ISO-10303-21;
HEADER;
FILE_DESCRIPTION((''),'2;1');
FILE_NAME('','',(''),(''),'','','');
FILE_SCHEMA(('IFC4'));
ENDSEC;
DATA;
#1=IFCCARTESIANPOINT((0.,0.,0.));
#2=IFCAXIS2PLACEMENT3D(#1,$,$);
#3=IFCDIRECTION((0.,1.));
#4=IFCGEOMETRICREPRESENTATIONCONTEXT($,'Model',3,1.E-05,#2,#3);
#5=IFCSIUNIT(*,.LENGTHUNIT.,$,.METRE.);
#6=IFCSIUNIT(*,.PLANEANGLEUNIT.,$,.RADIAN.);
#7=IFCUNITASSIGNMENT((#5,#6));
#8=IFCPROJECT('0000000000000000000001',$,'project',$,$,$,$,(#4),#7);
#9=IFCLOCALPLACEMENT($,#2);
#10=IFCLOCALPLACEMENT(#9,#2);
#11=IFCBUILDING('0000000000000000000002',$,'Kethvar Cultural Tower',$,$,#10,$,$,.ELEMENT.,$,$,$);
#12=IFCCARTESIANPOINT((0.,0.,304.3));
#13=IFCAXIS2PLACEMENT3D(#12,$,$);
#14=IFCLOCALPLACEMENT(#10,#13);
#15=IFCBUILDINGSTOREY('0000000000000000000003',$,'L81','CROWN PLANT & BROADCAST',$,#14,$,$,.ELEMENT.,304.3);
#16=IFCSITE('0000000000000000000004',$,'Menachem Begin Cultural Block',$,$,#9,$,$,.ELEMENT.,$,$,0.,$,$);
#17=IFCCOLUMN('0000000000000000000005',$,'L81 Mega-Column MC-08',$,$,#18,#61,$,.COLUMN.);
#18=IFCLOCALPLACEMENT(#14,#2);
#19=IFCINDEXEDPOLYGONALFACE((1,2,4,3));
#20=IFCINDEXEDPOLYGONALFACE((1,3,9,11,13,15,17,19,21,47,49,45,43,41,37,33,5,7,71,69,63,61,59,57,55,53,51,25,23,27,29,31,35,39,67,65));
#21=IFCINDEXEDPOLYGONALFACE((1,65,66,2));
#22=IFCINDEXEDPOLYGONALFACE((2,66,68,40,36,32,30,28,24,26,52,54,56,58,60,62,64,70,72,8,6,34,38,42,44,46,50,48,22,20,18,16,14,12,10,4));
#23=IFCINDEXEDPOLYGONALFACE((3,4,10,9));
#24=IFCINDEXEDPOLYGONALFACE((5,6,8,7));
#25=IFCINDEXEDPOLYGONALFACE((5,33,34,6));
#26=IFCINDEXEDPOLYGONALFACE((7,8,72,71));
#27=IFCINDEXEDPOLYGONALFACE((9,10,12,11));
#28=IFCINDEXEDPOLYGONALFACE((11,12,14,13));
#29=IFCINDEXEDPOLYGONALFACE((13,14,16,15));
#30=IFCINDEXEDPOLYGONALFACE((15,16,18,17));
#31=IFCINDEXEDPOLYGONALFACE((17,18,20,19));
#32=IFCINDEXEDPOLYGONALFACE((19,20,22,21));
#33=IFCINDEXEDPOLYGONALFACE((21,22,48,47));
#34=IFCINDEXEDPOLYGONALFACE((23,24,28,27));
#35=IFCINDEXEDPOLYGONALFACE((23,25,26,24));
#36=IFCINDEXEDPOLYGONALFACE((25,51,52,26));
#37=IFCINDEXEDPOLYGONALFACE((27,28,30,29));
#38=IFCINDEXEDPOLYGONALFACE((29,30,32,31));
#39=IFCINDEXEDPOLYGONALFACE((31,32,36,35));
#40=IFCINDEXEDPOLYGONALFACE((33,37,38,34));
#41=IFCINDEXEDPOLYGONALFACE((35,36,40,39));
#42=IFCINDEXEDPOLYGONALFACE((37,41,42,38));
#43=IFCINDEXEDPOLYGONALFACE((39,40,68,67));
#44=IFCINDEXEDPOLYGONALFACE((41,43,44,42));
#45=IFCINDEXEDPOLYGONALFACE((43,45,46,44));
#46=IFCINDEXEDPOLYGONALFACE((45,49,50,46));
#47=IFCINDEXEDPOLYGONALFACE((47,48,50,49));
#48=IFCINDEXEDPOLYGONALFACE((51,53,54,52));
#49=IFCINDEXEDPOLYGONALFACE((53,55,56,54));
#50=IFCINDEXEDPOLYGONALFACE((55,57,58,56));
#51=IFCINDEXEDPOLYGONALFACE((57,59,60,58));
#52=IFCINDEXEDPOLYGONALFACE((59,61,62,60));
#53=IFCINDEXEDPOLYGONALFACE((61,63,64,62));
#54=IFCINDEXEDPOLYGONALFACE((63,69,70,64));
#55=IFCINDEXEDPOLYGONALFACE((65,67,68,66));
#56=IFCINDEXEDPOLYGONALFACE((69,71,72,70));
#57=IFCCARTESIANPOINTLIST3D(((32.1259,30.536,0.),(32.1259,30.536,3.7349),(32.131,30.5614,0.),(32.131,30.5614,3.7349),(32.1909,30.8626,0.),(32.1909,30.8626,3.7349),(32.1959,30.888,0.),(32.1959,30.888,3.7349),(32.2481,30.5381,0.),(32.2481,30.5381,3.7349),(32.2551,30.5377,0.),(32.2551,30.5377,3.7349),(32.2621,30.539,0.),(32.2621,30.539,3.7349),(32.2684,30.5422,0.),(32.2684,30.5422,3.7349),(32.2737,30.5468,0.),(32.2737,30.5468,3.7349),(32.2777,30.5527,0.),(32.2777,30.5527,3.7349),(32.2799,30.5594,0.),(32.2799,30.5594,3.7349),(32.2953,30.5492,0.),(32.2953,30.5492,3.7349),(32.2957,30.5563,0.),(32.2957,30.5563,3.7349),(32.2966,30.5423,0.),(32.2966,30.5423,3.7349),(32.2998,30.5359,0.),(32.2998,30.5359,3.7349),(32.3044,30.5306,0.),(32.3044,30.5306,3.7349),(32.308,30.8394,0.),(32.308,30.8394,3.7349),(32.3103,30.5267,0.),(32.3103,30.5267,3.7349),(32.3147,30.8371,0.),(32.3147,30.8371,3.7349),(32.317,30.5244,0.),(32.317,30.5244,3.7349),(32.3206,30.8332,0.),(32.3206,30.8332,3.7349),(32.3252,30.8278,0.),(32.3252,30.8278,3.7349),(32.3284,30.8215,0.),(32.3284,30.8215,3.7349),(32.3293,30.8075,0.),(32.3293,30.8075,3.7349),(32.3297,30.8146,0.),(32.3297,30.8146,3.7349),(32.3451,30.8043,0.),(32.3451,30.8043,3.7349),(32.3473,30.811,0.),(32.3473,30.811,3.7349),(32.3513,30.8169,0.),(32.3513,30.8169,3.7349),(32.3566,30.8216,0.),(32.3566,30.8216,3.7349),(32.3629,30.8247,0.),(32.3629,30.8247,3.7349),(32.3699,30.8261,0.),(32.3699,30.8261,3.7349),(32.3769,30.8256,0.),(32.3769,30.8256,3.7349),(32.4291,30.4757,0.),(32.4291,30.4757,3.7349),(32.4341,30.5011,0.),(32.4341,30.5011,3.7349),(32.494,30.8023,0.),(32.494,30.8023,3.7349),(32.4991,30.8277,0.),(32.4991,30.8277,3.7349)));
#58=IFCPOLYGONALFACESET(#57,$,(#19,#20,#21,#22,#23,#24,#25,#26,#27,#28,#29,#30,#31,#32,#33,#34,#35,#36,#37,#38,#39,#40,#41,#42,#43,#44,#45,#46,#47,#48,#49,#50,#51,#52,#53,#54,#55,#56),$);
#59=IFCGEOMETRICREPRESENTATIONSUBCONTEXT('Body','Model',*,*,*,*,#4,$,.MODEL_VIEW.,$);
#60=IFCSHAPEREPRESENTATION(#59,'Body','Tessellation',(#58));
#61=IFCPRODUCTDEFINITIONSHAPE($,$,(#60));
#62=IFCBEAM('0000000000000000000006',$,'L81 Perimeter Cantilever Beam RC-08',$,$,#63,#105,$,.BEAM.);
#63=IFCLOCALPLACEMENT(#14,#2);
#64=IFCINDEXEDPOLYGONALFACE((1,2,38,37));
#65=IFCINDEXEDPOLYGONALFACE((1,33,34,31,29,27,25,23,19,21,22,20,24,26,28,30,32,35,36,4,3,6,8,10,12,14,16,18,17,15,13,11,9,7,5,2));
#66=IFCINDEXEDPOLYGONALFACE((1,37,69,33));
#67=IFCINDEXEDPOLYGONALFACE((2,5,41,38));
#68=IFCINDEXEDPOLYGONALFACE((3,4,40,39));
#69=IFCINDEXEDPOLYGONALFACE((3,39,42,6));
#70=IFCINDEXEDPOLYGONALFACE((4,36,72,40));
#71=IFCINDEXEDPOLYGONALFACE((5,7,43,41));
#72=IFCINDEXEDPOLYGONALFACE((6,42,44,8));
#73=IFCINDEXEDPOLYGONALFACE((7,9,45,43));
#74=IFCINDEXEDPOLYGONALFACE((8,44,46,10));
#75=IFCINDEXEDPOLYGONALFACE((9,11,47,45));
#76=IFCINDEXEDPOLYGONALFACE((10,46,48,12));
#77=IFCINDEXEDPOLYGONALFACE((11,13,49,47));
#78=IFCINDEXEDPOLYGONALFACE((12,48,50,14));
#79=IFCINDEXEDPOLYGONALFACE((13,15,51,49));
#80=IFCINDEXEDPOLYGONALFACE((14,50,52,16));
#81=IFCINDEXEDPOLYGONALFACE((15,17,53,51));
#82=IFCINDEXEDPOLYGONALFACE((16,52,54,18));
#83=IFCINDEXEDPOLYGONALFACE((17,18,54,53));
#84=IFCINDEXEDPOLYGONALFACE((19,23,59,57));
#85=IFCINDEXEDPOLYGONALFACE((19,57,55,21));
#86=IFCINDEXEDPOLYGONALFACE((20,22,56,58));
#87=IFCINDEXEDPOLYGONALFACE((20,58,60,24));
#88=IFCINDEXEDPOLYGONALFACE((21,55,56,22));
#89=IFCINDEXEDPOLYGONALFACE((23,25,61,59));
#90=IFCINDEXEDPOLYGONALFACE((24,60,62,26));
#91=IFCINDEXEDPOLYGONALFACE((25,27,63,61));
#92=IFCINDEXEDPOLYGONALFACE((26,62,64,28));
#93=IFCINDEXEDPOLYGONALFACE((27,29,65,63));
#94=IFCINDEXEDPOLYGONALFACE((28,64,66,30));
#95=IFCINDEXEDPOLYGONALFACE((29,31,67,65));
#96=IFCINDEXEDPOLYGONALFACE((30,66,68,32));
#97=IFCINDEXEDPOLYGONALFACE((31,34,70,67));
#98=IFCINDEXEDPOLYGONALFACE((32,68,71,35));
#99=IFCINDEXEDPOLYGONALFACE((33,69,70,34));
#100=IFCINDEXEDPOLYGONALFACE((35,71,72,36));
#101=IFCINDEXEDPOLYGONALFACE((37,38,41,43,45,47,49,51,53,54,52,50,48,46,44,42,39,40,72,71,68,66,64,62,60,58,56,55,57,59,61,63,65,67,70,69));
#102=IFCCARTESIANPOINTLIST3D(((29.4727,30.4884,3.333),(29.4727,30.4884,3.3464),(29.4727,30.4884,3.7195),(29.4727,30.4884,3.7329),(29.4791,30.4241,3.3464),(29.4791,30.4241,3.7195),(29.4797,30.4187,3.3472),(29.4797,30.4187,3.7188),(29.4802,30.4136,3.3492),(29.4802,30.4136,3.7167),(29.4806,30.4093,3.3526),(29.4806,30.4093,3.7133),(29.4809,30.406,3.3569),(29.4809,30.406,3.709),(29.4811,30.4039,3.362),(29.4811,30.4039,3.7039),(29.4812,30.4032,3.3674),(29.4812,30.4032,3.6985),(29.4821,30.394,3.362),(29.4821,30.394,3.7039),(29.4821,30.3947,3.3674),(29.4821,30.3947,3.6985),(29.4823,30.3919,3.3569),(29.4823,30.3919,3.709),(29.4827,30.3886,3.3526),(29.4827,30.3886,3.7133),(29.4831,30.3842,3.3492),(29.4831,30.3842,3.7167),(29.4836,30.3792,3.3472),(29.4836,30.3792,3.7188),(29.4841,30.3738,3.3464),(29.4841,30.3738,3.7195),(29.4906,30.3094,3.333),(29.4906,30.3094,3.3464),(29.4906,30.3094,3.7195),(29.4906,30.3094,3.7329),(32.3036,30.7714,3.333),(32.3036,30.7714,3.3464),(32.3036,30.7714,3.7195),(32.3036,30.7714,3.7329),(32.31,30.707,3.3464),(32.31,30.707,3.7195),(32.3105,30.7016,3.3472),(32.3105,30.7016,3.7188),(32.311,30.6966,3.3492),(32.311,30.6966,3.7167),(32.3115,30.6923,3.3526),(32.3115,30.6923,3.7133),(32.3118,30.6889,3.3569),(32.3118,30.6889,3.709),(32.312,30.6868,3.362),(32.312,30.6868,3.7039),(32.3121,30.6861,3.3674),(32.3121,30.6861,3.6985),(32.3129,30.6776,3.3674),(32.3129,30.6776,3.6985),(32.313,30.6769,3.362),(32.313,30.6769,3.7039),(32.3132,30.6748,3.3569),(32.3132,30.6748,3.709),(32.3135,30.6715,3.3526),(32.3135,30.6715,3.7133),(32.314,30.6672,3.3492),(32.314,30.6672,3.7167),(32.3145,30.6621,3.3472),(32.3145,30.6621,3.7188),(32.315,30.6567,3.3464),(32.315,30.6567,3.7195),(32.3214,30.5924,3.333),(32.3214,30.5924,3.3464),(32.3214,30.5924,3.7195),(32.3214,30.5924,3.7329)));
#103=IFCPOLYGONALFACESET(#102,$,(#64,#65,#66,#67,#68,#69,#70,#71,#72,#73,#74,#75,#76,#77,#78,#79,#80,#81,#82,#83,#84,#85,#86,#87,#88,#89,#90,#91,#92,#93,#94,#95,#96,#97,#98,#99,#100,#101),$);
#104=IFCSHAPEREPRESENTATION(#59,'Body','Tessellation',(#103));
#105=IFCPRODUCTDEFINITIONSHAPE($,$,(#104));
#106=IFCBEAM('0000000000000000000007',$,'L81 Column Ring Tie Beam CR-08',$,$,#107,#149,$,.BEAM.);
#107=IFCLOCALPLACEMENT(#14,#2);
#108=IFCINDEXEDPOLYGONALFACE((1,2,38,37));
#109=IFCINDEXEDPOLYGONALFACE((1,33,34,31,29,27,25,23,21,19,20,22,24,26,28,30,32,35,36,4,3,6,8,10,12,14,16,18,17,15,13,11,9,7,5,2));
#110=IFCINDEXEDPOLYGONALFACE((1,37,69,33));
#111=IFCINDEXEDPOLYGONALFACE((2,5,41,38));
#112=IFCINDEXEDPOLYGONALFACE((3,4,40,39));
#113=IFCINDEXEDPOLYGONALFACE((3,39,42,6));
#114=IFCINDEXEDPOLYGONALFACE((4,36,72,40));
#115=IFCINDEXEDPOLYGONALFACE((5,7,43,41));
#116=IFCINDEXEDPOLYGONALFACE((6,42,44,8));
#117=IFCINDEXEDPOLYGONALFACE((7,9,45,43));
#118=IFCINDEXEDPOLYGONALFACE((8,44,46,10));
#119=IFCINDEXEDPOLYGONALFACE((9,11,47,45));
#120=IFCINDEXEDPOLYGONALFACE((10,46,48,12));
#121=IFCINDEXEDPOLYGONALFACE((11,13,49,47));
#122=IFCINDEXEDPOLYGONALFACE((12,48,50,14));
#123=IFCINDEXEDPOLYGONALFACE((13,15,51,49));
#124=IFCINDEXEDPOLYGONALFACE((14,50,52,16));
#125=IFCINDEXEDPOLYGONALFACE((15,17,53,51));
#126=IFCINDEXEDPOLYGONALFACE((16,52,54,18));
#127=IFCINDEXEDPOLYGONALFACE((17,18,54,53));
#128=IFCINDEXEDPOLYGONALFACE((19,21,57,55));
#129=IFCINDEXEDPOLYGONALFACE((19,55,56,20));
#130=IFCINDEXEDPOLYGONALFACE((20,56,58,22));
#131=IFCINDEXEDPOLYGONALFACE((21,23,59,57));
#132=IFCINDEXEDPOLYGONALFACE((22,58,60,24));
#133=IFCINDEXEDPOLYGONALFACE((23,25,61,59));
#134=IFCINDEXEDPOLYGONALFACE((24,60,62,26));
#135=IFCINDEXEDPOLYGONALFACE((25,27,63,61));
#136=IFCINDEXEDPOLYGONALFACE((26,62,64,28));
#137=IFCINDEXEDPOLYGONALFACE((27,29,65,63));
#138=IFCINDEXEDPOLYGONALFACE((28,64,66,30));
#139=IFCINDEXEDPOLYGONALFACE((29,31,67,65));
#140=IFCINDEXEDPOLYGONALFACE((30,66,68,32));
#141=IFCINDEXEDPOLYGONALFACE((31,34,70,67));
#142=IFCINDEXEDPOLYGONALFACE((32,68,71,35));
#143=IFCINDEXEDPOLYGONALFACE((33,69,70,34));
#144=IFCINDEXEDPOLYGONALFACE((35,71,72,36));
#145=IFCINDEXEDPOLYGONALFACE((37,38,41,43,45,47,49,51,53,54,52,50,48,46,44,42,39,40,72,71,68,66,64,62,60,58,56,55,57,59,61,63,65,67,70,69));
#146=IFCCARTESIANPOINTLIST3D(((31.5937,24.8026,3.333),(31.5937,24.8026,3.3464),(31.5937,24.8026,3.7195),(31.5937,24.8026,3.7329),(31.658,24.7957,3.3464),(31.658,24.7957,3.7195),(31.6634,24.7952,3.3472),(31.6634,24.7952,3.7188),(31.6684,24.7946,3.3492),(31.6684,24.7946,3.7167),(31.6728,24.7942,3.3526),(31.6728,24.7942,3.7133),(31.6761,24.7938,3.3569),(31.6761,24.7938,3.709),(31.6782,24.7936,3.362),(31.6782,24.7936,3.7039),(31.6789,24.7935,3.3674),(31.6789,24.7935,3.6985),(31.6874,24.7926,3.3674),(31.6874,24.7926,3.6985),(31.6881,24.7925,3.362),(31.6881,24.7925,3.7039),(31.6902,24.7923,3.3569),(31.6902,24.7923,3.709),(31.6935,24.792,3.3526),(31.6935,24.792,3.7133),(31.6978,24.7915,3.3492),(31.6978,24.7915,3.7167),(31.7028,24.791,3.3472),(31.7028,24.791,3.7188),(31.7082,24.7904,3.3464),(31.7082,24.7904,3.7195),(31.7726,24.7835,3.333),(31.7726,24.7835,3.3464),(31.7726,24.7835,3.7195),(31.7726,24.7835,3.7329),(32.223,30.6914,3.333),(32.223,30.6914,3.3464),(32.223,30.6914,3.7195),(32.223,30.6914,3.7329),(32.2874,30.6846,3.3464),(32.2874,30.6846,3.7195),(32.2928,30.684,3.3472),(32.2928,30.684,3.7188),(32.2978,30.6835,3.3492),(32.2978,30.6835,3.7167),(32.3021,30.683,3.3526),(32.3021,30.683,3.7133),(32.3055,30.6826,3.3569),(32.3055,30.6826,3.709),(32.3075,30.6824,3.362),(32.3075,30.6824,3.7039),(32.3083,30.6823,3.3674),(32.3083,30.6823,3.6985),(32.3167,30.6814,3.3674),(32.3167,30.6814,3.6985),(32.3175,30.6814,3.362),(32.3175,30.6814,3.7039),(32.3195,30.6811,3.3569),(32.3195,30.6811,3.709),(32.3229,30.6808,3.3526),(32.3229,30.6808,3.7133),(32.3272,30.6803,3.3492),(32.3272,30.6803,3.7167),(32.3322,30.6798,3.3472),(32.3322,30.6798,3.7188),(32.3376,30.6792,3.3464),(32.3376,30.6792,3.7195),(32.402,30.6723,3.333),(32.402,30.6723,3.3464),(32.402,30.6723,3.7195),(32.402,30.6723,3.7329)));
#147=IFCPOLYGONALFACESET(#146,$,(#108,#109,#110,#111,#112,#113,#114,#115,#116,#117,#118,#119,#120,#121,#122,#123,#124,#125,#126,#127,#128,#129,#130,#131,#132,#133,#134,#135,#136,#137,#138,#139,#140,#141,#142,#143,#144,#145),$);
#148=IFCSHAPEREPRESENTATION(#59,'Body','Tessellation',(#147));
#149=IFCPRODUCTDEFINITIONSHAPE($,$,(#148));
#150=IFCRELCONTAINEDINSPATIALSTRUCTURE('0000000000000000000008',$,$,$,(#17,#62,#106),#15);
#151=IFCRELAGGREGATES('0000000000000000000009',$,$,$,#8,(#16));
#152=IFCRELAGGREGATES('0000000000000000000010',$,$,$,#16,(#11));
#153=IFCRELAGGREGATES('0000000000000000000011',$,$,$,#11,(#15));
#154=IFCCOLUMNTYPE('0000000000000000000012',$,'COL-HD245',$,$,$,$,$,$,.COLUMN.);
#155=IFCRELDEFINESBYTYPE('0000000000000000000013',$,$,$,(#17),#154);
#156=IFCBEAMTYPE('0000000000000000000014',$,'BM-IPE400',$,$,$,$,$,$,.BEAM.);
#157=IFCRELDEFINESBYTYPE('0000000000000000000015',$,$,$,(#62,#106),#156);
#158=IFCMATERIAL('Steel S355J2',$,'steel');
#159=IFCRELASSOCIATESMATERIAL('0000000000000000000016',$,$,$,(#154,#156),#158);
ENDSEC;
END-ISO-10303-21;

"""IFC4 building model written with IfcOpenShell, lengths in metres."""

from ifc_helpers import new_model, si_unit, direction, frame, origin, origin_2d, place, context, subcontext, project, spatial, i_section, extrude, source, transform, mapped, material, material_profile, profile_set, type_object, element, save


model = new_model("IFC4")

# Units and contexts
model_context = context("Model", 3, precision=1e-05, world=origin(), true_north=direction((0.0, 1.0)))
body_context = subcontext(model_context, "Body", "Model", "MODEL_VIEW")
ifc_project = project(units=[si_unit("LENGTHUNIT", "METRE"), si_unit("PLANEANGLEUNIT", "RADIAN")], contexts=[model_context])

# Site, building, storey
site_placement = place(None, origin())
site = spatial("IfcSite", under=ifc_project, at=site_placement, Name="Menachem Begin Cultural Block", CompositionType="ELEMENT", RefElevation=0.0)
building_placement = place(site_placement, origin())
building = spatial("IfcBuilding", under=site, at=building_placement, Name="Kethvar Cultural Tower", CompositionType="ELEMENT")
storey_placement = place(building_placement, frame((0.0, 0.0, 304.3)))
storey = spatial("IfcBuildingStorey", under=building, at=storey_placement, Name="L81", Description="CROWN PLANT & BROADCAST", CompositionType="ELEMENT", Elevation=304.3)

# Column
ifc_material_1 = material(Name="Steel S355J2", Category="steel")
ifc_material_profile_1 = material_profile(ifc_material_1, i_section(OverallWidth=0.3091, OverallDepth=0.3589, WebThickness=0.0161, FlangeThickness=0.0259, FilletRadius=0.0271, at=origin_2d()), Name="Steel S355J2 — HD320x245")
ifc_profile_set_1 = profile_set([ifc_material_profile_1], Name="Steel S355J2 — HD320x245")
column_type = type_object("IfcColumnType", Name="COL-HD245", PredefinedType="COLUMN", material=ifc_profile_set_1)
shared_shape_1 = source(origin(), body_context, "Body", "SweptSolid", [
    extrude(i_section(OverallWidth=0.3091, OverallDepth=0.3589, WebThickness=0.0161, FlangeThickness=0.0259, FilletRadius=0.0271, at=origin_2d()), origin(), (0.0, 0.0, 1.0), 3.7349),
])
column_placement = place(storey_placement, frame((32.3125, 30.6819, 0.0), z_axis=(0.0, 0.0, 1.0), x_axis=(-0.980785, 0.19509, 0.0)))
element("IfcColumn", 1, at=column_placement, inside=storey, type_object=column_type, Name="L81 Mega-Column MC-08", PredefinedType="COLUMN", context=body_context, shape_type="MappedRepresentation", body=[
    mapped(shared_shape_1, transform((0.0, 0.0, 0.0), scale=1.0)),
])

# Beams
ifc_material_profile_2 = material_profile(ifc_material_1, i_section(OverallWidth=0.1799, OverallDepth=0.3999, WebThickness=0.0085, FlangeThickness=0.0134, FilletRadius=0.021, at=origin_2d()), Name="Steel S355J2 — IPE400")
ifc_profile_set_2 = profile_set([ifc_material_profile_2], Name="Steel S355J2 — IPE400")
beam_type_1 = type_object("IfcBeamType", Name="BM-IPE400", PredefinedType="BEAM", material=ifc_profile_set_2)
shared_shape_2 = source(origin(), body_context, "Body", "SweptSolid", [
    extrude(i_section(OverallWidth=0.1799, OverallDepth=0.3999, WebThickness=0.0085, FlangeThickness=0.0134, FilletRadius=0.021, at=origin_2d()), origin(), (0.0, 0.0, 1.0), 2.845),
])
beam_1_placement = place(storey_placement, frame((32.3125, 30.6819, 3.533), z_axis=(-0.995041, -0.099461, 0.0), x_axis=(0.099461, -0.995041, 0.0)))
element("IfcBeam", 2, at=beam_1_placement, inside=storey, type_object=beam_type_1, Name="L81 Perimeter Cantilever Beam RC-08", PredefinedType="BEAM", context=body_context, shape_type="MappedRepresentation", body=[
    mapped(shared_shape_2, transform((0.0, 0.0, 0.0), scale=1.0)),
])
shared_shape_3 = source(origin(), body_context, "Body", "SweptSolid", [
    extrude(i_section(OverallWidth=0.1799, OverallDepth=0.3999, WebThickness=0.0085, FlangeThickness=0.0134, FilletRadius=0.021, at=origin_2d()), origin(), (0.0, 0.0, 1.0), 5.9224),
])
beam_2_placement = place(storey_placement, frame((32.3125, 30.6819, 3.533), z_axis=(-0.106273, -0.994337, 0.0), x_axis=(0.994337, -0.106273, 0.0)))
element("IfcBeam", 3, at=beam_2_placement, inside=storey, type_object=beam_type_1, Name="L81 Column Ring Tie Beam CR-08", PredefinedType="BEAM", context=body_context, shape_type="MappedRepresentation", body=[
    mapped(shared_shape_3, transform((0.0, 0.0, 0.0), scale=1.0)),
])

save(model, "model.ifc")
